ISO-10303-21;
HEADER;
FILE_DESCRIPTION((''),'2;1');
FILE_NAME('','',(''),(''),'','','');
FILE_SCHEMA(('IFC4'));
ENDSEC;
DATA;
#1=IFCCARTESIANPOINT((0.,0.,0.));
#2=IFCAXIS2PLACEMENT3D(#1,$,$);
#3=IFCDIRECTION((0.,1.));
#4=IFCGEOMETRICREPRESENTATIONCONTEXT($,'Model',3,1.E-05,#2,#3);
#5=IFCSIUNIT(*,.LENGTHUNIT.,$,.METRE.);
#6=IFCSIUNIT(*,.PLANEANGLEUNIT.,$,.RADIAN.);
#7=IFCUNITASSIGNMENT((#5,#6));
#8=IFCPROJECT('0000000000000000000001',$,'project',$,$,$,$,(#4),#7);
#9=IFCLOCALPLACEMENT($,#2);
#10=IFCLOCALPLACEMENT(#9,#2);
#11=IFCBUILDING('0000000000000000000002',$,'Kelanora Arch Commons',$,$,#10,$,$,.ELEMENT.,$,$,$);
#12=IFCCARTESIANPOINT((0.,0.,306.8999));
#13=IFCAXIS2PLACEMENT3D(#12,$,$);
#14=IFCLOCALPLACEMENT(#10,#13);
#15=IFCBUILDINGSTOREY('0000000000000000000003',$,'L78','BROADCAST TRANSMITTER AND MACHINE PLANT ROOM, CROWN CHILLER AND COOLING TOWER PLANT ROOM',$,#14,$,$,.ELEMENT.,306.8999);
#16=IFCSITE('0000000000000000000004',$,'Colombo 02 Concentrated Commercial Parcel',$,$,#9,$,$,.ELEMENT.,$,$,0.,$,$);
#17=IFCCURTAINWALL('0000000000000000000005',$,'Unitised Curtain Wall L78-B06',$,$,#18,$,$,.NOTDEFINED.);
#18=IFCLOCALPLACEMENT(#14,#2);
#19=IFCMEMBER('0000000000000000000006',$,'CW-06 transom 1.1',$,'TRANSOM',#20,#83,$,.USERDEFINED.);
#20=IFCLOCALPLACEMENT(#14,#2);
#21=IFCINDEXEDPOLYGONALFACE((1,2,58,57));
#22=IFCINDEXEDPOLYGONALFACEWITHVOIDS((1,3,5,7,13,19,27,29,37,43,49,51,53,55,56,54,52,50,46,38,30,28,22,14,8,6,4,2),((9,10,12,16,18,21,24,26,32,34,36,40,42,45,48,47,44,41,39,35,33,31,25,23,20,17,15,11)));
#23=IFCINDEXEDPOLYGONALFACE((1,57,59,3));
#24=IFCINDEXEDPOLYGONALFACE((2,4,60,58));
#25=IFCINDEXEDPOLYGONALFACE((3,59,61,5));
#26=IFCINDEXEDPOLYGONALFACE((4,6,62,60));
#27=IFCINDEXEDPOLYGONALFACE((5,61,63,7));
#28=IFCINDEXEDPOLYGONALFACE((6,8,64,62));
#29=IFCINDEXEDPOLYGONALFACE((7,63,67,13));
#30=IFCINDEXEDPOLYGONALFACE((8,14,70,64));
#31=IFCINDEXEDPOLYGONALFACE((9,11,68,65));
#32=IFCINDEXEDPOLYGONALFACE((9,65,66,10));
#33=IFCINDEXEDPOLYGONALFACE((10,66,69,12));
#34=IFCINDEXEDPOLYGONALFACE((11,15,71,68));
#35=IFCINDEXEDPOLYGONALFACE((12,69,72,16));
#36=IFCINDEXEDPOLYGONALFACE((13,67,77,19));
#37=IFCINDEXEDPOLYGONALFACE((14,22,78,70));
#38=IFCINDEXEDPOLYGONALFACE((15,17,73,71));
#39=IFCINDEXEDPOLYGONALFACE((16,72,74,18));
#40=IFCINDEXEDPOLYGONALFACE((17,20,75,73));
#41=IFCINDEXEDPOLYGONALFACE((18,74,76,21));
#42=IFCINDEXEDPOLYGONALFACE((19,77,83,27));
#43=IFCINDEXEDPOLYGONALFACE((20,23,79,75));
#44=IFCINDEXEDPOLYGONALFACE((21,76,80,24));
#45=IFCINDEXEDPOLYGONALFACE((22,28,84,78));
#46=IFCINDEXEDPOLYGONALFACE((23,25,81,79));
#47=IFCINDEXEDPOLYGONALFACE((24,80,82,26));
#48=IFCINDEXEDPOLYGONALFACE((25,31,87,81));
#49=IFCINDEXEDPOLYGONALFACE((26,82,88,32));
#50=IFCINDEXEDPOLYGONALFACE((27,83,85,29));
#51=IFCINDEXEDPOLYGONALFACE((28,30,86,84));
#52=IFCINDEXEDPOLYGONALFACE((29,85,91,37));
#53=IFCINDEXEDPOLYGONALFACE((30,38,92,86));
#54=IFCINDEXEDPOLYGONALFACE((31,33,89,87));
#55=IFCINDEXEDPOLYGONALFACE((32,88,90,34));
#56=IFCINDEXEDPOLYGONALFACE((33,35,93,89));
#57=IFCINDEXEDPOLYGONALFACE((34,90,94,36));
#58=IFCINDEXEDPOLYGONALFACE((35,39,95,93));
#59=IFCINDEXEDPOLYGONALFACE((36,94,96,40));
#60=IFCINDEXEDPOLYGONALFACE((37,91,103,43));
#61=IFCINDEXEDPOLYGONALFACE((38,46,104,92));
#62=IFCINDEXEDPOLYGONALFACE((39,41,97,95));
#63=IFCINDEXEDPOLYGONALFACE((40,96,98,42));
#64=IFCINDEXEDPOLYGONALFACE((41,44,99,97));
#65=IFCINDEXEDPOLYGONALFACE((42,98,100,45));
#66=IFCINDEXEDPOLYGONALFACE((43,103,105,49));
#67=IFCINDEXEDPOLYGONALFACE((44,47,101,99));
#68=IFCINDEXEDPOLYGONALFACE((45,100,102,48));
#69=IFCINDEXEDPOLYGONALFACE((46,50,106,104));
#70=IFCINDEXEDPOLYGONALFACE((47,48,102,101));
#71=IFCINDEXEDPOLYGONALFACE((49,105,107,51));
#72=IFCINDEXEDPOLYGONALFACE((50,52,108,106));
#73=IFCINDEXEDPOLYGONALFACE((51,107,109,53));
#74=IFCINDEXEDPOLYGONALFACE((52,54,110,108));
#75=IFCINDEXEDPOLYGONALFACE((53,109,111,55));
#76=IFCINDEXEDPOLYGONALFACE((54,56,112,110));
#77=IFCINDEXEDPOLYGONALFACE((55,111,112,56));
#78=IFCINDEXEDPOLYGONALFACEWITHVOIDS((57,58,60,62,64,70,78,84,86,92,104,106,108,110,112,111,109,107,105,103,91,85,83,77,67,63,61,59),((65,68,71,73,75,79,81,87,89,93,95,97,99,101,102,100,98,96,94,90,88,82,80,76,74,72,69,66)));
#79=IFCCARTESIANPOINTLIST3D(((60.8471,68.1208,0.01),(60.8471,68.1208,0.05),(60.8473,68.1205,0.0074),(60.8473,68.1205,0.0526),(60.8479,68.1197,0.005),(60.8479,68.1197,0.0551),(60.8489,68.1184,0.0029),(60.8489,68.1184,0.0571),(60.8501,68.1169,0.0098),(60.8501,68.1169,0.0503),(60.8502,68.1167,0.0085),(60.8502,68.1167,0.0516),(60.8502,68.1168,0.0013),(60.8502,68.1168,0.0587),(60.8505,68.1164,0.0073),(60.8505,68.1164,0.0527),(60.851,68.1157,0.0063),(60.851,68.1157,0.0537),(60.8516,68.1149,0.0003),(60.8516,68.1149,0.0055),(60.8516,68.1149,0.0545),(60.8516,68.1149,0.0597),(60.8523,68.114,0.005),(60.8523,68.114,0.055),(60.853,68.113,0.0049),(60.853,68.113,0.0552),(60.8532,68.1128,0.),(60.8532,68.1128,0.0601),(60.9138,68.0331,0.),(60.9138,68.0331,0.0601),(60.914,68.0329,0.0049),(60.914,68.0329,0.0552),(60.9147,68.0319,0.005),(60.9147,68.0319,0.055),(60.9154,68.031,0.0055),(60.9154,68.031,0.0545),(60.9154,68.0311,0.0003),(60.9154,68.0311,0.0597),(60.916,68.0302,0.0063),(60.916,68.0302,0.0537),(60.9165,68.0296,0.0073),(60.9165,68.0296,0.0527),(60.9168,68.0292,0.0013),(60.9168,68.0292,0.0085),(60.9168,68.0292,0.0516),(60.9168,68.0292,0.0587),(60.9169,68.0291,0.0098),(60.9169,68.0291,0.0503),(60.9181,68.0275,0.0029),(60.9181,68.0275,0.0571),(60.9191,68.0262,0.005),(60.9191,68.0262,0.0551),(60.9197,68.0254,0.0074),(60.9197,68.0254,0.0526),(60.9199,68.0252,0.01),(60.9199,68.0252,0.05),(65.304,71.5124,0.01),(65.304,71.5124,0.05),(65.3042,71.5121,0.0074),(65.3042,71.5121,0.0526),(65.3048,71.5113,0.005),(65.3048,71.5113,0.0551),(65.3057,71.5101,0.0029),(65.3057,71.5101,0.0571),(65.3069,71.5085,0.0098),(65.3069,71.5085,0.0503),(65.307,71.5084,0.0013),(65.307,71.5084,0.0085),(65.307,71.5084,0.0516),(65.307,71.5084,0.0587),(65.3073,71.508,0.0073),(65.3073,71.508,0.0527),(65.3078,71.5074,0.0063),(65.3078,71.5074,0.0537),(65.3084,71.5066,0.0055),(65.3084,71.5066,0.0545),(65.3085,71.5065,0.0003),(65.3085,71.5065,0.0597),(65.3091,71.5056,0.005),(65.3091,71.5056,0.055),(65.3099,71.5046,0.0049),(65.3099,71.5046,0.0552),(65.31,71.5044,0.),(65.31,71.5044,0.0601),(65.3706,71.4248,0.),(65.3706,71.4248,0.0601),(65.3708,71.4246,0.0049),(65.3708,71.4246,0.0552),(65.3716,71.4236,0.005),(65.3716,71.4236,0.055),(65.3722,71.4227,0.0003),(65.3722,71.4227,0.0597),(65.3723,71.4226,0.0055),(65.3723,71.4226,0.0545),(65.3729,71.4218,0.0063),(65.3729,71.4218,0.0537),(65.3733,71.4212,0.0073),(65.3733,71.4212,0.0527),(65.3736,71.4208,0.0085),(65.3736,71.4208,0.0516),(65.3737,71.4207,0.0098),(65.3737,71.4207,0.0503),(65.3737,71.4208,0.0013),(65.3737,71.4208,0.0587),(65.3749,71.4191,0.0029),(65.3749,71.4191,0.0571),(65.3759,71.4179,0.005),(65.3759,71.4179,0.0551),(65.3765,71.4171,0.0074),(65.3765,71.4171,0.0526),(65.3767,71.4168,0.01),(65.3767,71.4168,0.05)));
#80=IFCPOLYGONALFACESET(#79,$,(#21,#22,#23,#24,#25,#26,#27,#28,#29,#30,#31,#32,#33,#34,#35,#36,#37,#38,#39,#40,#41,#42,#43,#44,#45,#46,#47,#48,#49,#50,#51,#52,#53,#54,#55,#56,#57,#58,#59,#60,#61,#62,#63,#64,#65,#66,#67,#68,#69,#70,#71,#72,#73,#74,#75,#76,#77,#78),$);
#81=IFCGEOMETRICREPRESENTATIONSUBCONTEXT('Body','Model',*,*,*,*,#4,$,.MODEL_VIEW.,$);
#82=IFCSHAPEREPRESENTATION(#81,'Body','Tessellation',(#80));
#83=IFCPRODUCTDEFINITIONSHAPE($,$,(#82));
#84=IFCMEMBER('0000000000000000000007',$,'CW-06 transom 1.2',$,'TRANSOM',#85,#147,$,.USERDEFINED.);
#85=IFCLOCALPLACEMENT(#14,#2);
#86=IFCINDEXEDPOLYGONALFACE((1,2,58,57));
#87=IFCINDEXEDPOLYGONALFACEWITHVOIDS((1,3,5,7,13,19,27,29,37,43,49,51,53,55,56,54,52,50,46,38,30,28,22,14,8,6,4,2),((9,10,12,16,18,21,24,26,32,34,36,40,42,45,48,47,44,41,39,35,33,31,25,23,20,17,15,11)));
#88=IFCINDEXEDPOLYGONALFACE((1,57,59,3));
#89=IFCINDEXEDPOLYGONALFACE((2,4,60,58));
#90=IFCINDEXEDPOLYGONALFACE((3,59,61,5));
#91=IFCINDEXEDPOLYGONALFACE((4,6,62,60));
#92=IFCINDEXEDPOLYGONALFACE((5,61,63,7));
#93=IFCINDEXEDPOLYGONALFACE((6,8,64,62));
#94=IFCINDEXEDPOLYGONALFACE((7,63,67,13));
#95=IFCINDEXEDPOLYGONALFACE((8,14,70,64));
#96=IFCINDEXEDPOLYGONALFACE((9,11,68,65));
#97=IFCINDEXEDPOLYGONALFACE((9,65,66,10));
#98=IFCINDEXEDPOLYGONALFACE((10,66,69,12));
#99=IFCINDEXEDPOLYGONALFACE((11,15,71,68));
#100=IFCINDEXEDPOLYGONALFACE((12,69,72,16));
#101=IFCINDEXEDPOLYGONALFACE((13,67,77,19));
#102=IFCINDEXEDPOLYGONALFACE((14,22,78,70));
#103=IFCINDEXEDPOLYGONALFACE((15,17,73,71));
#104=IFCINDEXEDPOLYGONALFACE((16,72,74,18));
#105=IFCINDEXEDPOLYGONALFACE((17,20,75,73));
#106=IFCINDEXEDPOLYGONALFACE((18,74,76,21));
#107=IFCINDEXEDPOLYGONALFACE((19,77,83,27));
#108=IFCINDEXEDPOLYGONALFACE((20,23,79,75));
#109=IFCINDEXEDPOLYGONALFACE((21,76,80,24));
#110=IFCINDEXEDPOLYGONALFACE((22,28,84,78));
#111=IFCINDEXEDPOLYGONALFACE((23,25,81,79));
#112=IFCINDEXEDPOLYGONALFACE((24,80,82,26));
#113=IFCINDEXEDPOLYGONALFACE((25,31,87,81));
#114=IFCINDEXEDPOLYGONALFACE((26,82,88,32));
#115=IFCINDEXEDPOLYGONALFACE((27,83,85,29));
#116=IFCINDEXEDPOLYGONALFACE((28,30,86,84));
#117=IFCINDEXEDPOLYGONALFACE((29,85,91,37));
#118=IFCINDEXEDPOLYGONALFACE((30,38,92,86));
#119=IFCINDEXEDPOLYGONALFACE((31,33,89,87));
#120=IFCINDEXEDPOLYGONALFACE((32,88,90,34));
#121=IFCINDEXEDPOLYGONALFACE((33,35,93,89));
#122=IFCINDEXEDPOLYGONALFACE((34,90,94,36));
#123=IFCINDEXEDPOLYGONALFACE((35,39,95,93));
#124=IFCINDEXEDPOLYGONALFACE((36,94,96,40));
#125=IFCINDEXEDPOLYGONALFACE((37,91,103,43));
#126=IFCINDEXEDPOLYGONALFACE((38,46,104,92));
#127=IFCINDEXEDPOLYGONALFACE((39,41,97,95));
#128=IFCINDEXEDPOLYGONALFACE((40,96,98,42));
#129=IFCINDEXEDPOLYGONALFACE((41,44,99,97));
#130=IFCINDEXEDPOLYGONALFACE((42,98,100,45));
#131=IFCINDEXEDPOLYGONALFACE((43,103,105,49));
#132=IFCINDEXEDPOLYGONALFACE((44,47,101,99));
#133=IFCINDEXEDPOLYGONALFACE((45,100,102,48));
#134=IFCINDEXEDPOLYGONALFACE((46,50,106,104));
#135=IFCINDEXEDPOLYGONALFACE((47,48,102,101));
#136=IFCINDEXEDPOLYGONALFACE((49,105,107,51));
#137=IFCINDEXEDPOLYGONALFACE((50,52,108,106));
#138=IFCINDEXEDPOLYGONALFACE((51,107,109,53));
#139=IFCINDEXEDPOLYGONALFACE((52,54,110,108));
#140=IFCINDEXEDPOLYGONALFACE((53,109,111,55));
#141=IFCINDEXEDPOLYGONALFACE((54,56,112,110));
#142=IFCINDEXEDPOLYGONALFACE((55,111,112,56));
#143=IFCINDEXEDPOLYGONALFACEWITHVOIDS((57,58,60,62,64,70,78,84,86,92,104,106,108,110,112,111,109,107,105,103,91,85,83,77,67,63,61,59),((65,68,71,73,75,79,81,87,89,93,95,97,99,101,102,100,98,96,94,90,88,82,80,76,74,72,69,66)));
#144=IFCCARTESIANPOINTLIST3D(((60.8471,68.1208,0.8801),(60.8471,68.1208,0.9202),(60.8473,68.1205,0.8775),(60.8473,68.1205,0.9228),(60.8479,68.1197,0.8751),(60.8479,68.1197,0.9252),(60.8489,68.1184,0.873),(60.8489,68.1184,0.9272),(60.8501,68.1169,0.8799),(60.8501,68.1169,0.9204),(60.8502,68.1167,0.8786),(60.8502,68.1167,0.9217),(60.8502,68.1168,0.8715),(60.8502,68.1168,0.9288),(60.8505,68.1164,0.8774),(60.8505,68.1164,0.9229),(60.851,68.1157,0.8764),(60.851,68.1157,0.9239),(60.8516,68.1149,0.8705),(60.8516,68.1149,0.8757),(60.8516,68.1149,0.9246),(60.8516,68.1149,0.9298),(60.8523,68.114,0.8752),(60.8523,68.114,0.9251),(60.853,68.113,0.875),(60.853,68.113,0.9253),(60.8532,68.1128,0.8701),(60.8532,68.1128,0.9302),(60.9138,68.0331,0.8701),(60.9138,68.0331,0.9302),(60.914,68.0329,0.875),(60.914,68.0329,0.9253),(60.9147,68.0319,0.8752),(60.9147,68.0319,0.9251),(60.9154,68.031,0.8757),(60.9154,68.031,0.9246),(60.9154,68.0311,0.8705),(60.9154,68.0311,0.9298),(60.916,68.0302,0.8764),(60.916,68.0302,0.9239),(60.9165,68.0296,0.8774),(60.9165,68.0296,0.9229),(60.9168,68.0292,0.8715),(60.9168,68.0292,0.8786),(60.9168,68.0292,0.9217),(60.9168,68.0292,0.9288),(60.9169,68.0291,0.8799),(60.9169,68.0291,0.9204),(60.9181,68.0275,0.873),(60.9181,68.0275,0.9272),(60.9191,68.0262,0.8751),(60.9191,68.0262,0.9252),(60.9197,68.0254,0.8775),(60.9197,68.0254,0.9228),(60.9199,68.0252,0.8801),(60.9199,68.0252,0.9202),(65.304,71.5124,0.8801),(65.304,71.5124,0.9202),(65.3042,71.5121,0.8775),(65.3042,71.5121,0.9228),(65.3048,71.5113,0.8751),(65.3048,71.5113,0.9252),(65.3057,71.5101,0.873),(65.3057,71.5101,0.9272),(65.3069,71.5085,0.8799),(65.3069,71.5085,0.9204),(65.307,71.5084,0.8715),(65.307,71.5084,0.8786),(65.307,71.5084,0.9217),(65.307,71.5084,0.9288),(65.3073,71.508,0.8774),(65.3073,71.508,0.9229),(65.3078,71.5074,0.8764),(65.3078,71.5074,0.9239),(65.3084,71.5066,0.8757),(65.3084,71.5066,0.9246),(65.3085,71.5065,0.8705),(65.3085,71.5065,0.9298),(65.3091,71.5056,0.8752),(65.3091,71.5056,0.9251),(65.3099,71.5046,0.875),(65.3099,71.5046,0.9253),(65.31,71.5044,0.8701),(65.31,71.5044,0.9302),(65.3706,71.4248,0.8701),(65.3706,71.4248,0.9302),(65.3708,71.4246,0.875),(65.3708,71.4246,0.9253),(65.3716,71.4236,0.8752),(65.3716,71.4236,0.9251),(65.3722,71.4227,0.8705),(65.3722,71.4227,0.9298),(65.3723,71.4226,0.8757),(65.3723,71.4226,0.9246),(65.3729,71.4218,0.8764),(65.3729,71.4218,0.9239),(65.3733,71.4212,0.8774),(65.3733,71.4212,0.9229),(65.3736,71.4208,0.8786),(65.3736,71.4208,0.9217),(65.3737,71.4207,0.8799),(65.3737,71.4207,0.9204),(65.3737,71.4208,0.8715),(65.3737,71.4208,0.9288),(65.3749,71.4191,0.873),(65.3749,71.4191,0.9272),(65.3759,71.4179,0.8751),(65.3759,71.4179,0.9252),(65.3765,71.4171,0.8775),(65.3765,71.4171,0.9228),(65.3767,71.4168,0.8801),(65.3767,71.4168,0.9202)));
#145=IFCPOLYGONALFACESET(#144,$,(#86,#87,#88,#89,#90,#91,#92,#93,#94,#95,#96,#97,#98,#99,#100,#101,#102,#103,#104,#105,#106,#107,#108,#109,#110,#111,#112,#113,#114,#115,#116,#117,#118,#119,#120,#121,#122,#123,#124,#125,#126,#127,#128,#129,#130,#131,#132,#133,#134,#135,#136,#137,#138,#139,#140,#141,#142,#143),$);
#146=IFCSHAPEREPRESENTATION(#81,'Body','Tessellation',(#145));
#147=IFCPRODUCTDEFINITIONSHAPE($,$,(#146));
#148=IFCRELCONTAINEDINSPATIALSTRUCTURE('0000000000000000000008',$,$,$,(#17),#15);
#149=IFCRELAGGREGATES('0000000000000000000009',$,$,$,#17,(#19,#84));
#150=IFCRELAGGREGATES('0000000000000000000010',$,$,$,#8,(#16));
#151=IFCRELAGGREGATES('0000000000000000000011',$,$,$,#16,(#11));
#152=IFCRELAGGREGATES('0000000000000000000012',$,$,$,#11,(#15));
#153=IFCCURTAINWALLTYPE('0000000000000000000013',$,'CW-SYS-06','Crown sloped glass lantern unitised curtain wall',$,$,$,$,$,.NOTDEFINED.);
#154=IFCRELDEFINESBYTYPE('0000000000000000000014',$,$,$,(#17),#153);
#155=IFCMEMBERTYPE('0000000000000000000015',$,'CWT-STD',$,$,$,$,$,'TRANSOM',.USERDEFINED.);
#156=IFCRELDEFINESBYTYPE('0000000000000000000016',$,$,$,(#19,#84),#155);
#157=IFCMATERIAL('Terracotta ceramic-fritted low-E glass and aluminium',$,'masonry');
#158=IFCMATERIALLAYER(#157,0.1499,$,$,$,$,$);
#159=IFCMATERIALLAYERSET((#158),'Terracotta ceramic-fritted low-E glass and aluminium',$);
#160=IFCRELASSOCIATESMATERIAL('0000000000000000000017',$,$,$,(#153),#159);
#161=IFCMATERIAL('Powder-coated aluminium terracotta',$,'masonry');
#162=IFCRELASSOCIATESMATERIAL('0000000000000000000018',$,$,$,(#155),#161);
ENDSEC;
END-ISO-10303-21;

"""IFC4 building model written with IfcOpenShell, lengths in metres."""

from ifc_helpers import new_model, si_unit, direction, frame, origin, origin_2d, place, context, subcontext, project, spatial, hollow_rectangle, extrude, material, layer, layer_set, material_profile, profile_set, type_object, element, aggregate, save


model = new_model("IFC4")

# Units and contexts
model_context = context("Model", 3, precision=1e-05, world=origin(), true_north=direction((0.0, 1.0)))
body_context = subcontext(model_context, "Body", "Model", "MODEL_VIEW")
ifc_project = project(units=[si_unit("LENGTHUNIT", "METRE"), si_unit("PLANEANGLEUNIT", "RADIAN")], contexts=[model_context])

# Site, building, storey
site_placement = place(None, origin())
site = spatial("IfcSite", under=ifc_project, at=site_placement, Name="Colombo 02 Concentrated Commercial Parcel", CompositionType="ELEMENT", RefElevation=0.0)
building_placement = place(site_placement, origin())
building = spatial("IfcBuilding", under=site, at=building_placement, Name="Kelanora Arch Commons", CompositionType="ELEMENT")
storey_placement = place(building_placement, frame((0.0, 0.0, 306.8999)))
storey = spatial("IfcBuildingStorey", under=building, at=storey_placement, Name="L78", Description="BROADCAST TRANSMITTER AND MACHINE PLANT ROOM, CROWN CHILLER AND COOLING TOWER PLANT ROOM", CompositionType="ELEMENT", Elevation=306.8999)

# Curtain wall
ifc_material_1 = material(Name="Terracotta ceramic-fritted low-E glass and aluminium", Category="masonry")
ifc_layer_1 = layer(ifc_material_1, 0.1499)
ifc_layer_set_1 = layer_set([ifc_layer_1], Name="Terracotta ceramic-fritted low-E glass and aluminium")
curtain_wall_type = type_object("IfcCurtainWallType", Name="CW-SYS-06", Description="Crown sloped glass lantern unitised curtain wall", PredefinedType="NOTDEFINED", material=ifc_layer_set_1)
curtain_wall_1_placement = place(storey_placement, origin())
curtain_wall_1 = element("IfcCurtainWall", 1, at=curtain_wall_1_placement, inside=storey, type_object=curtain_wall_type, Name="Unitised Curtain Wall L78-B06", PredefinedType="NOTDEFINED")
ifc_material_2 = material(Name="Powder-coated aluminium terracotta", Category="masonry")

# Members
ifc_material_profile_1 = material_profile(ifc_material_2, hollow_rectangle(XDim=0.1201, YDim=0.0601, WallThickness=0.0049, InnerFilletRadius=0.0049, OuterFilletRadius=0.01, at=origin_2d()), Name="CWT120x60")
ifc_profile_set_1 = profile_set([ifc_material_profile_1], Name="Powder-coated aluminium terracotta")
member_type_1 = type_object("IfcMemberType", Name="CWT-STD", ElementType="TRANSOM", PredefinedType="USERDEFINED", material=ifc_profile_set_1)
member_1_placement = place(storey_placement, frame((65.3403, 71.4646, 0.03), z_axis=(-0.79578, -0.605586, 0.0), x_axis=(0.605586, -0.79578, 0.0)))
member_1 = element("IfcMember", 2, at=member_1_placement, type_object=member_type_1, Name="CW-06 transom 1.1", ObjectType="TRANSOM", PredefinedType="USERDEFINED", context=body_context, shape_type="SweptSolid", body=[
    extrude(hollow_rectangle(XDim=0.1201, YDim=0.0601, WallThickness=0.0049, InnerFilletRadius=0.0049, OuterFilletRadius=0.01, at=origin_2d()), origin(), (0.0, 0.0, 1.0), 5.6006),
])
member_2_placement = place(storey_placement, frame((65.3403, 71.4646, 0.9001), z_axis=(-0.79578, -0.605586, 0.0), x_axis=(0.605586, -0.79578, 0.0)))
member_2 = element("IfcMember", 3, at=member_2_placement, type_object=member_type_1, Name="CW-06 transom 1.2", ObjectType="TRANSOM", PredefinedType="USERDEFINED", context=body_context, shape_type="SweptSolid", body=[
    extrude(hollow_rectangle(XDim=0.1201, YDim=0.0601, WallThickness=0.0049, InnerFilletRadius=0.0049, OuterFilletRadius=0.01, at=origin_2d()), origin(), (0.0, 0.0, 1.0), 5.6006),
])

aggregate(curtain_wall_1, [member_1, member_2])

save(model, "model.ifc")
